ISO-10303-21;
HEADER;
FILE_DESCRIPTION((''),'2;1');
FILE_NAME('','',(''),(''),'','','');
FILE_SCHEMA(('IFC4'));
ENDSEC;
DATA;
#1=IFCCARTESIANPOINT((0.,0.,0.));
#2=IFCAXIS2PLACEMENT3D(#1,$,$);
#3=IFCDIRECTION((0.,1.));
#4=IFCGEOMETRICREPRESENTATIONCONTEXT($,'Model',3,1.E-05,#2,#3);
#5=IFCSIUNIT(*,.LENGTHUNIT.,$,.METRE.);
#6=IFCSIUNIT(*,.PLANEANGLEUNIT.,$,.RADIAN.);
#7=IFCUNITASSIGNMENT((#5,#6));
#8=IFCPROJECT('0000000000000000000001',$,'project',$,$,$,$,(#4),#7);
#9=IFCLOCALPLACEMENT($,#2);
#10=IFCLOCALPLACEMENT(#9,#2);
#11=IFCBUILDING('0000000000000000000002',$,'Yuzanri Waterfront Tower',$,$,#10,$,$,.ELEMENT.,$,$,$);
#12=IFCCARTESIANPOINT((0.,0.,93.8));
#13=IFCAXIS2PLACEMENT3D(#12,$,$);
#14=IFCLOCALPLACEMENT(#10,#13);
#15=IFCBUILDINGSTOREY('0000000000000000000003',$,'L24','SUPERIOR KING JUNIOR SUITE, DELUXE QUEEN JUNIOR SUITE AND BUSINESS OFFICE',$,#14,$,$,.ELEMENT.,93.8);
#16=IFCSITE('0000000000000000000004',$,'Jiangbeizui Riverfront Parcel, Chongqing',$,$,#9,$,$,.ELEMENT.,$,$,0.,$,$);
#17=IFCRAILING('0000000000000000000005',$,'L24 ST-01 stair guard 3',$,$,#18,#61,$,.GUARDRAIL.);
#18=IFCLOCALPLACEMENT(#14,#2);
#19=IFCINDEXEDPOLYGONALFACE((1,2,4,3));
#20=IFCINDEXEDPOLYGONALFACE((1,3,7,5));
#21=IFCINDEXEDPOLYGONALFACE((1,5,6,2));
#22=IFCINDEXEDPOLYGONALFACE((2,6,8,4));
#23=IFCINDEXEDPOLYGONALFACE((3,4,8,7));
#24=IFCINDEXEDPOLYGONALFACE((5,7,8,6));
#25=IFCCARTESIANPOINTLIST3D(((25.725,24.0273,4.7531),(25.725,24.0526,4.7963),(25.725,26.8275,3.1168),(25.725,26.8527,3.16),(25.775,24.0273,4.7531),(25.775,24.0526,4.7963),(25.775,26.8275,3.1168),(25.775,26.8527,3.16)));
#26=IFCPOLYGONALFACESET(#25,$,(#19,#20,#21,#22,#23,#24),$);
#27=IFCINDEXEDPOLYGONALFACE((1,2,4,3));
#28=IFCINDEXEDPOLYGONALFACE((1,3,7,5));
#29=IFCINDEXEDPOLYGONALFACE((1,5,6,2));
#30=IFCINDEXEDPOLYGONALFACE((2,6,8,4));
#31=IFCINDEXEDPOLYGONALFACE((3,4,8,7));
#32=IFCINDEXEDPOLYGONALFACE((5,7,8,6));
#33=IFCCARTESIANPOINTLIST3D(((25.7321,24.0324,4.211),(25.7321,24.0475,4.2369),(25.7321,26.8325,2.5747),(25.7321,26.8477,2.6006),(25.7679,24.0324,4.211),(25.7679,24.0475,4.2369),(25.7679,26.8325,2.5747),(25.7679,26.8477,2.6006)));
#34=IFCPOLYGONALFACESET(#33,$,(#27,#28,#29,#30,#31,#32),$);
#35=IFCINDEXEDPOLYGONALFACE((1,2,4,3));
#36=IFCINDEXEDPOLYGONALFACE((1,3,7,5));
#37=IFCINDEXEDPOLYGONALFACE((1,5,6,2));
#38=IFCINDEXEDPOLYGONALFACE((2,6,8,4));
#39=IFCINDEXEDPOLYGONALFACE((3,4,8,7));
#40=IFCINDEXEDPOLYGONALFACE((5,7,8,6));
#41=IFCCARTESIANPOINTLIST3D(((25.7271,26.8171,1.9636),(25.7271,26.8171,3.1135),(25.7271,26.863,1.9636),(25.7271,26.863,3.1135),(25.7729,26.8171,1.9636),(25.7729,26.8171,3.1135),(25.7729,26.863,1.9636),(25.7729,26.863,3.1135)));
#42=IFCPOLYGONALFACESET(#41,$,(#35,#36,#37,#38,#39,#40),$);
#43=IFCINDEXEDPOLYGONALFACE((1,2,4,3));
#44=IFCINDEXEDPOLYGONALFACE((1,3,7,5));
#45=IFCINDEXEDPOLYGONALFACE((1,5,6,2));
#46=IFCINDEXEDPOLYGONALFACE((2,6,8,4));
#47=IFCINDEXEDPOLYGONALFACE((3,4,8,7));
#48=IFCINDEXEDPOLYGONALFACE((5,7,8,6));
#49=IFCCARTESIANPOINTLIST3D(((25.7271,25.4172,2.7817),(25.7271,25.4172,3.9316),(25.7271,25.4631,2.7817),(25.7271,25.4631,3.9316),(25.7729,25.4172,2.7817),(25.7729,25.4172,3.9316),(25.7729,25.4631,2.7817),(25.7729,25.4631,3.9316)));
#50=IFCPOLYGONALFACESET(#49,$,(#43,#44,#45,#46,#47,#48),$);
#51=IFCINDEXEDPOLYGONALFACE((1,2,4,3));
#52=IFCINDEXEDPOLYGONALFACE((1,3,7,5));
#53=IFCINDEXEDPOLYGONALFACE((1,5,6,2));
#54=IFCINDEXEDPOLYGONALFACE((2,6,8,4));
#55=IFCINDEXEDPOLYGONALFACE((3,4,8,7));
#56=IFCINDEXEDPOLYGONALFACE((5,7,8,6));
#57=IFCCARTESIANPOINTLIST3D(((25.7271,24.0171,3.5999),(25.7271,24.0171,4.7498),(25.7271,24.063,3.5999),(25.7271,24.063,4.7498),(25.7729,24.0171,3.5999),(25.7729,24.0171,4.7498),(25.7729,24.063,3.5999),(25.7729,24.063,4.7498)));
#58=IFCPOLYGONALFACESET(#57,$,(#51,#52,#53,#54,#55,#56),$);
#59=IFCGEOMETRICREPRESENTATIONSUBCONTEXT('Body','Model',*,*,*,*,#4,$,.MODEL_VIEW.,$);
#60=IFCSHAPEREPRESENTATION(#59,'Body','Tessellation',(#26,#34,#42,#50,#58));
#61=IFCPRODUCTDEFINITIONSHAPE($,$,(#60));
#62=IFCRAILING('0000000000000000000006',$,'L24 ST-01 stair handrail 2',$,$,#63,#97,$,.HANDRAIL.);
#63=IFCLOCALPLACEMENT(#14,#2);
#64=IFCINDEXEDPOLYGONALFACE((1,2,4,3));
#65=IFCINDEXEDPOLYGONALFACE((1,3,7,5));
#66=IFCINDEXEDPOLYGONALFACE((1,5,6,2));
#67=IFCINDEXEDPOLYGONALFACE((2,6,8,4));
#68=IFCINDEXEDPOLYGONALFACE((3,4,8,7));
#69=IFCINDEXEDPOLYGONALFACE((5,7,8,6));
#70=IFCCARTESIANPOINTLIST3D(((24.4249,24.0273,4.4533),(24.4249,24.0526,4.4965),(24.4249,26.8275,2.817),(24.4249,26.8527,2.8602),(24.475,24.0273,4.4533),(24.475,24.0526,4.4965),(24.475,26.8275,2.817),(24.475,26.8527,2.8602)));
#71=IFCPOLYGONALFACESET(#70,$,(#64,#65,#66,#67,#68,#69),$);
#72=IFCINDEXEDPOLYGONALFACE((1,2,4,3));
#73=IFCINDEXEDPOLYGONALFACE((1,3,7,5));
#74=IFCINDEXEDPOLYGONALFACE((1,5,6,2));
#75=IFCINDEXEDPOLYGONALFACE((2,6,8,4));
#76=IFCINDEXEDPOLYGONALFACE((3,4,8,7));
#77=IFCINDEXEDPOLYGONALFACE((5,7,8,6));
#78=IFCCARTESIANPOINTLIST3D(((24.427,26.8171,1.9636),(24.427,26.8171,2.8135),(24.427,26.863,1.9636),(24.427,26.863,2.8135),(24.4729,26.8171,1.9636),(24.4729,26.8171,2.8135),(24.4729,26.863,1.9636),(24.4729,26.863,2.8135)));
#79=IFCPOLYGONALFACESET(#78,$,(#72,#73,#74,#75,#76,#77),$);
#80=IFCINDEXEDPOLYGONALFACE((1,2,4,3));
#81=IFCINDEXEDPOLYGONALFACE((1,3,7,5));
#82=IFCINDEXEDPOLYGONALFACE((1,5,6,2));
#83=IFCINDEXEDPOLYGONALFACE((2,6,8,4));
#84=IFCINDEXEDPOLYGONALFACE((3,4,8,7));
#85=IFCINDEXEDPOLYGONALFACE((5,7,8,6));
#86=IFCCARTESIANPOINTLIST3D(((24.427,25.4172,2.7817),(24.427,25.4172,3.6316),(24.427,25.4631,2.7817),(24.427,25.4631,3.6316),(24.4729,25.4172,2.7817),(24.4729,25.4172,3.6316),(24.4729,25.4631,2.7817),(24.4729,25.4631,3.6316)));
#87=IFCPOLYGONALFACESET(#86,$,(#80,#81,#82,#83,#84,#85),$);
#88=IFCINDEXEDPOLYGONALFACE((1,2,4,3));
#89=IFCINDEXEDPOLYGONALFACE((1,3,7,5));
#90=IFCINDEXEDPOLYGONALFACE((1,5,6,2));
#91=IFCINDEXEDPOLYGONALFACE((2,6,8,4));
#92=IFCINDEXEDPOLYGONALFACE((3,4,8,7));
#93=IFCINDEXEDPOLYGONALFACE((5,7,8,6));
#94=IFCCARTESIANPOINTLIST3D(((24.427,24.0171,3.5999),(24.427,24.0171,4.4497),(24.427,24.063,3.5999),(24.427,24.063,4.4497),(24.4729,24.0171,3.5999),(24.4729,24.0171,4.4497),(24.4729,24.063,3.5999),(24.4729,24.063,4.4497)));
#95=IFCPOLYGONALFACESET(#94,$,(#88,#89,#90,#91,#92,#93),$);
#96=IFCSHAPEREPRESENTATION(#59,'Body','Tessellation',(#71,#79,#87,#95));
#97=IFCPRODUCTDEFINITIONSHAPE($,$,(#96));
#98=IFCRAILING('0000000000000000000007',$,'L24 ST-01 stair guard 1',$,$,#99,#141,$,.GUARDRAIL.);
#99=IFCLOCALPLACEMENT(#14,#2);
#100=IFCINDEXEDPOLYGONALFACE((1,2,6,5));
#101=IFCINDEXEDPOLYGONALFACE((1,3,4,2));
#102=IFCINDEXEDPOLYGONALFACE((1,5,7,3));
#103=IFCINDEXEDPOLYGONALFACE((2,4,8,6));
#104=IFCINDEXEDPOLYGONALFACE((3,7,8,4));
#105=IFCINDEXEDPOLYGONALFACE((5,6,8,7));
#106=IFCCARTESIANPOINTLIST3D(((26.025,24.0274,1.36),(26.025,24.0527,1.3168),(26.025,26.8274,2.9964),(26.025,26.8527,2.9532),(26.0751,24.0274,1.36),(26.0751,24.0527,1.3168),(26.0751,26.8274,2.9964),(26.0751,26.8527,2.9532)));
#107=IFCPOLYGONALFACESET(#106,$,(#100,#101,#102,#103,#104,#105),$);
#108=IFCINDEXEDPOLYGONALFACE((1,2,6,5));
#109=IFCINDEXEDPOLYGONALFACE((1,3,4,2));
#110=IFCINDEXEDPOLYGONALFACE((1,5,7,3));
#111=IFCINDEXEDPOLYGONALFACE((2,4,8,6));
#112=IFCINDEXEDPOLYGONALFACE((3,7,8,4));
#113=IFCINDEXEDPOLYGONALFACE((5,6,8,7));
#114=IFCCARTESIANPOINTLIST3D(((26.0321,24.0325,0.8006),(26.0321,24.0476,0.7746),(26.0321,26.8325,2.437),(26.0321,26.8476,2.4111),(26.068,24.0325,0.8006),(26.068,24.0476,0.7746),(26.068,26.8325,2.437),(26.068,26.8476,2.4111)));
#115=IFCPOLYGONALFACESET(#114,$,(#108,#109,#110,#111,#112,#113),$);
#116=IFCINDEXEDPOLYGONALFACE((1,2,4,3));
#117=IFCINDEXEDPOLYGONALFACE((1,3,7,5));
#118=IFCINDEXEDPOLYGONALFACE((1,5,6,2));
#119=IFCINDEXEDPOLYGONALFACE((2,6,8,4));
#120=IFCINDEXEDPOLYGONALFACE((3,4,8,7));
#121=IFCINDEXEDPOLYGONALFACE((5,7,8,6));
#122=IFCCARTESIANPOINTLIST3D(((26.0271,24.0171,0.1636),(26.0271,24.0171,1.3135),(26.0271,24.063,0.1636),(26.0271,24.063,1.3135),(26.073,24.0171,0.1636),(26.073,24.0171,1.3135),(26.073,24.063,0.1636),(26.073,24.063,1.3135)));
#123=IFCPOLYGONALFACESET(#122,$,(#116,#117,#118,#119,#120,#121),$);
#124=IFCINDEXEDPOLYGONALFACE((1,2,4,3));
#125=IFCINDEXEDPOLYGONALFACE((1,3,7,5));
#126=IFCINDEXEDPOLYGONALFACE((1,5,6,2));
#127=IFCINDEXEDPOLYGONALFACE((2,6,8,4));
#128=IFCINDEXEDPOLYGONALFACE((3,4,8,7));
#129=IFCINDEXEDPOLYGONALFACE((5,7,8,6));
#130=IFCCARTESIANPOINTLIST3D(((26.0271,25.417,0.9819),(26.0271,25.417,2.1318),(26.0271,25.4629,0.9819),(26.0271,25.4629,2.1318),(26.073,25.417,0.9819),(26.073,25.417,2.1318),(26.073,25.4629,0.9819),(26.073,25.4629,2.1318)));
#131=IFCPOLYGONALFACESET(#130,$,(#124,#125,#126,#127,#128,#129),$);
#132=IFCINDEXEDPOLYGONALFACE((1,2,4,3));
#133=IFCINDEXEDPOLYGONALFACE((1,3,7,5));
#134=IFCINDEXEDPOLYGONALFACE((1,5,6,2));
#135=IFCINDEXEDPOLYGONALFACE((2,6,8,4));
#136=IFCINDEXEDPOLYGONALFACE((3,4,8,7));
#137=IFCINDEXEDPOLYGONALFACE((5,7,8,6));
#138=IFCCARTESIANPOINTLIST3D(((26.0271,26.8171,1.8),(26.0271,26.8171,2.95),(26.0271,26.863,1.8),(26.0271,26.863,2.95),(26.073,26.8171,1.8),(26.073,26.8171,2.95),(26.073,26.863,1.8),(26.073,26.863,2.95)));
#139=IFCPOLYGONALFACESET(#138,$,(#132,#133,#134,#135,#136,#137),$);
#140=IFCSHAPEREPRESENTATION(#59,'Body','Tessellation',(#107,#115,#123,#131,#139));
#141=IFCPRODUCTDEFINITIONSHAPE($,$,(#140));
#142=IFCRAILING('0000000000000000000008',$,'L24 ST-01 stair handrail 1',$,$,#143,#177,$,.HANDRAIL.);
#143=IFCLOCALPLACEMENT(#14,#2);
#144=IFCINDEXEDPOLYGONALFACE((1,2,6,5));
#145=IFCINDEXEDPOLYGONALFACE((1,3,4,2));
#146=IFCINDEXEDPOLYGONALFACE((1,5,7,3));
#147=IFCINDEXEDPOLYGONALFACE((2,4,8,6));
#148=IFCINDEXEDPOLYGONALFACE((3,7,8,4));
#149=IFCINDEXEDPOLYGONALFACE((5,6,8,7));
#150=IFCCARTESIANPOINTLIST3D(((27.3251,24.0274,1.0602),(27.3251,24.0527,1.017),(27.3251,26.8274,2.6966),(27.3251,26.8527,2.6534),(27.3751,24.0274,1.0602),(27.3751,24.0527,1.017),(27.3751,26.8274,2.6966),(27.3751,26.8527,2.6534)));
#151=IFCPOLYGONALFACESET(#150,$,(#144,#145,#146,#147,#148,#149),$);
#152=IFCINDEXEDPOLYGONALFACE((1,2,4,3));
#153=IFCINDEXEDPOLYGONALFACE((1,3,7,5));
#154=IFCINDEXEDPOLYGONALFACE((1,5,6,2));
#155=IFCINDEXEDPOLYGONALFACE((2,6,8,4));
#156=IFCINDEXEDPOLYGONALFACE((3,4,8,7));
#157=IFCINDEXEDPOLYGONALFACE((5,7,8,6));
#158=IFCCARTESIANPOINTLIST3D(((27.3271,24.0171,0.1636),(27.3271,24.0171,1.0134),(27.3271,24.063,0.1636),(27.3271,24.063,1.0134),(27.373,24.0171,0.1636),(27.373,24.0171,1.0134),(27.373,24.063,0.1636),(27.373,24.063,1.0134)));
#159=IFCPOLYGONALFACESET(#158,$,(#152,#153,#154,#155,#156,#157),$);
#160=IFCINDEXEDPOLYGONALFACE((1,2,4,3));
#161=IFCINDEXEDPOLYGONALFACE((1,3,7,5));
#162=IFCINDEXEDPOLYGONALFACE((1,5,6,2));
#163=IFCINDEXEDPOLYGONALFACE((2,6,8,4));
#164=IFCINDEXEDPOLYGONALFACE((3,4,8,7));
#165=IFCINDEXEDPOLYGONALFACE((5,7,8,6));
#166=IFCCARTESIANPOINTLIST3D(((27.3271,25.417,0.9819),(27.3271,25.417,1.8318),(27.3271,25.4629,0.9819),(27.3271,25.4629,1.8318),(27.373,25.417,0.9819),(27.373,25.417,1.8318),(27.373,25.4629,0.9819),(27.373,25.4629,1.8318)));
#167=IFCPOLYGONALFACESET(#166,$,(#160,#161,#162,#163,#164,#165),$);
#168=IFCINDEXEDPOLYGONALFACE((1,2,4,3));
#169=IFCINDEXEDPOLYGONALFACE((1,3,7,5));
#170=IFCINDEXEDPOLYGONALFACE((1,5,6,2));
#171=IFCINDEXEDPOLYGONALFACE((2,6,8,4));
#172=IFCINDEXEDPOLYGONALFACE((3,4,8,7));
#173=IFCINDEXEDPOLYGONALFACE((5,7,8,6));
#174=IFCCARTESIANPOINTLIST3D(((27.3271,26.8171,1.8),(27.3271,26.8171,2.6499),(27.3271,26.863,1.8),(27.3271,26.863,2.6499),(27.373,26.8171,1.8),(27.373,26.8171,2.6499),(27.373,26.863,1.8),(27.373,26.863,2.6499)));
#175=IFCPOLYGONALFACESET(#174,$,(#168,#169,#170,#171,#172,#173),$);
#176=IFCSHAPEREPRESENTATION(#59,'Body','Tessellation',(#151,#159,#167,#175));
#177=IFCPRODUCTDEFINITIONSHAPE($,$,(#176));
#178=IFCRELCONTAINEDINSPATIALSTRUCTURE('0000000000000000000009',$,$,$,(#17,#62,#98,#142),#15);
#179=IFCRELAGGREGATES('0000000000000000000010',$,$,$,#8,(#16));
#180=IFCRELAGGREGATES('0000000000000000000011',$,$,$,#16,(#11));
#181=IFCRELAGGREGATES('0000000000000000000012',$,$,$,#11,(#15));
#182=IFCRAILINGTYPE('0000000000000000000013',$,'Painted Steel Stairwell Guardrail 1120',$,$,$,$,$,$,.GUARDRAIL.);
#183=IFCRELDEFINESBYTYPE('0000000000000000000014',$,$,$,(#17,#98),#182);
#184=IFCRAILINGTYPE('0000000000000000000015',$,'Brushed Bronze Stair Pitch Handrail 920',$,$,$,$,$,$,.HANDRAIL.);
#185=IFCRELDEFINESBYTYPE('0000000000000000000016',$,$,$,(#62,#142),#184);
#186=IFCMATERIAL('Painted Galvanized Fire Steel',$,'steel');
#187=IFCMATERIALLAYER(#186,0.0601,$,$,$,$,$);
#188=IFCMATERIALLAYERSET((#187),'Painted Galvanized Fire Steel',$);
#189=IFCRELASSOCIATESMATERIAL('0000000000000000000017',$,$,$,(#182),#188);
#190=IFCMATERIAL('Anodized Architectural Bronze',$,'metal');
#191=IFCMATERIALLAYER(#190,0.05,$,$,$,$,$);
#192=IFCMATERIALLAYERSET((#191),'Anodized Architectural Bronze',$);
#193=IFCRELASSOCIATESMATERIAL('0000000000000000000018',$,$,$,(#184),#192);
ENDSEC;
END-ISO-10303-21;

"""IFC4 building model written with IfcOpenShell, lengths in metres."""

from ifc_helpers import new_model, si_unit, direction, frame, origin, origin_2d, place, context, subcontext, project, spatial, rectangle, extrude, source, transform, mapped, material, layer, layer_set, type_object, element, save


model = new_model("IFC4")

# Units and contexts
model_context = context("Model", 3, precision=1e-05, world=origin(), true_north=direction((0.0, 1.0)))
body_context = subcontext(model_context, "Body", "Model", "MODEL_VIEW")
ifc_project = project(units=[si_unit("LENGTHUNIT", "METRE"), si_unit("PLANEANGLEUNIT", "RADIAN")], contexts=[model_context])

# Site, building, storey
site_placement = place(None, origin())
site = spatial("IfcSite", under=ifc_project, at=site_placement, Name="Jiangbeizui Riverfront Parcel, Chongqing", CompositionType="ELEMENT", RefElevation=0.0)
building_placement = place(site_placement, origin())
building = spatial("IfcBuilding", under=site, at=building_placement, Name="Yuzanri Waterfront Tower", CompositionType="ELEMENT")
storey_placement = place(building_placement, frame((0.0, 0.0, 93.8)))
storey = spatial("IfcBuildingStorey", under=building, at=storey_placement, Name="L24", Description="SUPERIOR KING JUNIOR SUITE, DELUXE QUEEN JUNIOR SUITE AND BUSINESS OFFICE", CompositionType="ELEMENT", Elevation=93.8)

# Railings
ifc_material_1 = material(Name="Painted Galvanized Fire Steel", Category="steel")
ifc_layer_1 = layer(ifc_material_1, 0.0601)
ifc_layer_set_1 = layer_set([ifc_layer_1], Name="Painted Galvanized Fire Steel")
railing_type_1 = type_object("IfcRailingType", Name="Painted Steel Stairwell Guardrail 1120", PredefinedType="GUARDRAIL", material=ifc_layer_set_1)
shared_shape_1 = source(origin(), body_context, "Body", "SweptSolid", [
    extrude(rectangle(XDim=0.05, YDim=0.05, at=origin_2d()), frame((0.0, 0.0, 1.1748), z_axis=(0.0, -0.863394, 0.504531), x_axis=(1.0, 0.0, 0.0)), (0.0, 0.0, 1.0), 3.2432),
    extrude(rectangle(XDim=0.0359, YDim=0.03, at=origin_2d()), frame((0.0, 0.0, 0.624), z_axis=(0.0, -0.863394, 0.504531), x_axis=(1.0, 0.0, 0.0)), (0.0, 0.0, 1.0), 3.2432),
    extrude(rectangle(XDim=0.0459, YDim=0.0459, at=origin_2d()), origin(), (0.0, 0.0, 1.0), 1.1499),
    extrude(rectangle(XDim=0.0459, YDim=0.0459, at=origin_2d()), frame((0.0, -1.3999, 0.8181)), (0.0, 0.0, 1.0), 1.1499),
    extrude(rectangle(XDim=0.0459, YDim=0.0459, at=origin_2d()), frame((0.0, -2.8, 1.6362)), (0.0, 0.0, 1.0), 1.1499),
])
railing_1_placement = place(storey_placement, frame((25.75, 26.8401, 1.9636)))
element("IfcRailing", 1, at=railing_1_placement, inside=storey, type_object=railing_type_1, Name="L24 ST-01 stair guard 3", PredefinedType="GUARDRAIL", context=body_context, shape_type="MappedRepresentation", body=[
    mapped(shared_shape_1, transform((0.0, 0.0, 0.0), scale=1.0)),
])
ifc_material_2 = material(Name="Anodized Architectural Bronze", Category="metal")
ifc_layer_2 = layer(ifc_material_2, 0.05)
ifc_layer_set_2 = layer_set([ifc_layer_2], Name="Anodized Architectural Bronze")
railing_type_2 = type_object("IfcRailingType", Name="Brushed Bronze Stair Pitch Handrail 920", PredefinedType="HANDRAIL", material=ifc_layer_set_2)
shared_shape_2 = source(origin(), body_context, "Body", "SweptSolid", [
    extrude(rectangle(XDim=0.05, YDim=0.05, at=origin_2d()), frame((0.0, 0.0, 0.875), z_axis=(0.0, -0.863394, 0.504531), x_axis=(1.0, 0.0, 0.0)), (0.0, 0.0, 1.0), 3.2432),
    extrude(rectangle(XDim=0.0459, YDim=0.0459, at=origin_2d()), origin(), (0.0, 0.0, 1.0), 0.8499),
    extrude(rectangle(XDim=0.0459, YDim=0.0459, at=origin_2d()), frame((0.0, -1.3999, 0.8181)), (0.0, 0.0, 1.0), 0.8499),
    extrude(rectangle(XDim=0.0459, YDim=0.0459, at=origin_2d()), frame((0.0, -2.8, 1.6362)), (0.0, 0.0, 1.0), 0.8499),
])
railing_2_placement = place(storey_placement, frame((24.45, 26.8401, 1.9636)))
element("IfcRailing", 2, at=railing_2_placement, inside=storey, type_object=railing_type_2, Name="L24 ST-01 stair handrail 2", PredefinedType="HANDRAIL", context=body_context, shape_type="MappedRepresentation", body=[
    mapped(shared_shape_2, transform((0.0, 0.0, 0.0), scale=1.0)),
])
shared_shape_3 = source(origin(), body_context, "Body", "SweptSolid", [
    extrude(rectangle(XDim=0.05, YDim=0.05, at=origin_2d()), frame((0.0, 0.0, 1.1748), z_axis=(0.0, 0.863361, 0.504587), x_axis=(-1.0, 0.0, 0.0)), (0.0, 0.0, 1.0), 3.2432),
    extrude(rectangle(XDim=0.0359, YDim=0.03, at=origin_2d()), frame((0.0, 0.0, 0.624), z_axis=(0.0, 0.863361, 0.504587), x_axis=(-1.0, 0.0, 0.0)), (0.0, 0.0, 1.0), 3.2432),
    extrude(rectangle(XDim=0.0459, YDim=0.0459, at=origin_2d()), origin(), (0.0, 0.0, 1.0), 1.1499),
    extrude(rectangle(XDim=0.0459, YDim=0.0459, at=origin_2d()), frame((0.0, 1.3999, 0.8184)), (0.0, 0.0, 1.0), 1.1499),
    extrude(rectangle(XDim=0.0459, YDim=0.0459, at=origin_2d()), frame((0.0, 2.8, 1.6365)), (0.0, 0.0, 1.0), 1.1499),
])
railing_3_placement = place(storey_placement, frame((26.05, 24.04, 0.1636)))
element("IfcRailing", 3, at=railing_3_placement, inside=storey, type_object=railing_type_1, Name="L24 ST-01 stair guard 1", PredefinedType="GUARDRAIL", context=body_context, shape_type="MappedRepresentation", body=[
    mapped(shared_shape_3, transform((0.0, 0.0, 0.0), scale=1.0)),
])
shared_shape_4 = source(origin(), body_context, "Body", "SweptSolid", [
    extrude(rectangle(XDim=0.05, YDim=0.05, at=origin_2d()), frame((0.0, 0.0, 0.875), z_axis=(0.0, 0.863361, 0.504587), x_axis=(-1.0, 0.0, 0.0)), (0.0, 0.0, 1.0), 3.2432),
    extrude(rectangle(XDim=0.0459, YDim=0.0459, at=origin_2d()), origin(), (0.0, 0.0, 1.0), 0.8499),
    extrude(rectangle(XDim=0.0459, YDim=0.0459, at=origin_2d()), frame((0.0, 1.3999, 0.8184)), (0.0, 0.0, 1.0), 0.8499),
    extrude(rectangle(XDim=0.0459, YDim=0.0459, at=origin_2d()), frame((0.0, 2.8, 1.6365)), (0.0, 0.0, 1.0), 0.8499),
])
railing_4_placement = place(storey_placement, frame((27.3501, 24.04, 0.1636)))
element("IfcRailing", 4, at=railing_4_placement, inside=storey, type_object=railing_type_2, Name="L24 ST-01 stair handrail 1", PredefinedType="HANDRAIL", context=body_context, shape_type="MappedRepresentation", body=[
    mapped(shared_shape_4, transform((0.0, 0.0, 0.0), scale=1.0)),
])

save(model, "model.ifc")
